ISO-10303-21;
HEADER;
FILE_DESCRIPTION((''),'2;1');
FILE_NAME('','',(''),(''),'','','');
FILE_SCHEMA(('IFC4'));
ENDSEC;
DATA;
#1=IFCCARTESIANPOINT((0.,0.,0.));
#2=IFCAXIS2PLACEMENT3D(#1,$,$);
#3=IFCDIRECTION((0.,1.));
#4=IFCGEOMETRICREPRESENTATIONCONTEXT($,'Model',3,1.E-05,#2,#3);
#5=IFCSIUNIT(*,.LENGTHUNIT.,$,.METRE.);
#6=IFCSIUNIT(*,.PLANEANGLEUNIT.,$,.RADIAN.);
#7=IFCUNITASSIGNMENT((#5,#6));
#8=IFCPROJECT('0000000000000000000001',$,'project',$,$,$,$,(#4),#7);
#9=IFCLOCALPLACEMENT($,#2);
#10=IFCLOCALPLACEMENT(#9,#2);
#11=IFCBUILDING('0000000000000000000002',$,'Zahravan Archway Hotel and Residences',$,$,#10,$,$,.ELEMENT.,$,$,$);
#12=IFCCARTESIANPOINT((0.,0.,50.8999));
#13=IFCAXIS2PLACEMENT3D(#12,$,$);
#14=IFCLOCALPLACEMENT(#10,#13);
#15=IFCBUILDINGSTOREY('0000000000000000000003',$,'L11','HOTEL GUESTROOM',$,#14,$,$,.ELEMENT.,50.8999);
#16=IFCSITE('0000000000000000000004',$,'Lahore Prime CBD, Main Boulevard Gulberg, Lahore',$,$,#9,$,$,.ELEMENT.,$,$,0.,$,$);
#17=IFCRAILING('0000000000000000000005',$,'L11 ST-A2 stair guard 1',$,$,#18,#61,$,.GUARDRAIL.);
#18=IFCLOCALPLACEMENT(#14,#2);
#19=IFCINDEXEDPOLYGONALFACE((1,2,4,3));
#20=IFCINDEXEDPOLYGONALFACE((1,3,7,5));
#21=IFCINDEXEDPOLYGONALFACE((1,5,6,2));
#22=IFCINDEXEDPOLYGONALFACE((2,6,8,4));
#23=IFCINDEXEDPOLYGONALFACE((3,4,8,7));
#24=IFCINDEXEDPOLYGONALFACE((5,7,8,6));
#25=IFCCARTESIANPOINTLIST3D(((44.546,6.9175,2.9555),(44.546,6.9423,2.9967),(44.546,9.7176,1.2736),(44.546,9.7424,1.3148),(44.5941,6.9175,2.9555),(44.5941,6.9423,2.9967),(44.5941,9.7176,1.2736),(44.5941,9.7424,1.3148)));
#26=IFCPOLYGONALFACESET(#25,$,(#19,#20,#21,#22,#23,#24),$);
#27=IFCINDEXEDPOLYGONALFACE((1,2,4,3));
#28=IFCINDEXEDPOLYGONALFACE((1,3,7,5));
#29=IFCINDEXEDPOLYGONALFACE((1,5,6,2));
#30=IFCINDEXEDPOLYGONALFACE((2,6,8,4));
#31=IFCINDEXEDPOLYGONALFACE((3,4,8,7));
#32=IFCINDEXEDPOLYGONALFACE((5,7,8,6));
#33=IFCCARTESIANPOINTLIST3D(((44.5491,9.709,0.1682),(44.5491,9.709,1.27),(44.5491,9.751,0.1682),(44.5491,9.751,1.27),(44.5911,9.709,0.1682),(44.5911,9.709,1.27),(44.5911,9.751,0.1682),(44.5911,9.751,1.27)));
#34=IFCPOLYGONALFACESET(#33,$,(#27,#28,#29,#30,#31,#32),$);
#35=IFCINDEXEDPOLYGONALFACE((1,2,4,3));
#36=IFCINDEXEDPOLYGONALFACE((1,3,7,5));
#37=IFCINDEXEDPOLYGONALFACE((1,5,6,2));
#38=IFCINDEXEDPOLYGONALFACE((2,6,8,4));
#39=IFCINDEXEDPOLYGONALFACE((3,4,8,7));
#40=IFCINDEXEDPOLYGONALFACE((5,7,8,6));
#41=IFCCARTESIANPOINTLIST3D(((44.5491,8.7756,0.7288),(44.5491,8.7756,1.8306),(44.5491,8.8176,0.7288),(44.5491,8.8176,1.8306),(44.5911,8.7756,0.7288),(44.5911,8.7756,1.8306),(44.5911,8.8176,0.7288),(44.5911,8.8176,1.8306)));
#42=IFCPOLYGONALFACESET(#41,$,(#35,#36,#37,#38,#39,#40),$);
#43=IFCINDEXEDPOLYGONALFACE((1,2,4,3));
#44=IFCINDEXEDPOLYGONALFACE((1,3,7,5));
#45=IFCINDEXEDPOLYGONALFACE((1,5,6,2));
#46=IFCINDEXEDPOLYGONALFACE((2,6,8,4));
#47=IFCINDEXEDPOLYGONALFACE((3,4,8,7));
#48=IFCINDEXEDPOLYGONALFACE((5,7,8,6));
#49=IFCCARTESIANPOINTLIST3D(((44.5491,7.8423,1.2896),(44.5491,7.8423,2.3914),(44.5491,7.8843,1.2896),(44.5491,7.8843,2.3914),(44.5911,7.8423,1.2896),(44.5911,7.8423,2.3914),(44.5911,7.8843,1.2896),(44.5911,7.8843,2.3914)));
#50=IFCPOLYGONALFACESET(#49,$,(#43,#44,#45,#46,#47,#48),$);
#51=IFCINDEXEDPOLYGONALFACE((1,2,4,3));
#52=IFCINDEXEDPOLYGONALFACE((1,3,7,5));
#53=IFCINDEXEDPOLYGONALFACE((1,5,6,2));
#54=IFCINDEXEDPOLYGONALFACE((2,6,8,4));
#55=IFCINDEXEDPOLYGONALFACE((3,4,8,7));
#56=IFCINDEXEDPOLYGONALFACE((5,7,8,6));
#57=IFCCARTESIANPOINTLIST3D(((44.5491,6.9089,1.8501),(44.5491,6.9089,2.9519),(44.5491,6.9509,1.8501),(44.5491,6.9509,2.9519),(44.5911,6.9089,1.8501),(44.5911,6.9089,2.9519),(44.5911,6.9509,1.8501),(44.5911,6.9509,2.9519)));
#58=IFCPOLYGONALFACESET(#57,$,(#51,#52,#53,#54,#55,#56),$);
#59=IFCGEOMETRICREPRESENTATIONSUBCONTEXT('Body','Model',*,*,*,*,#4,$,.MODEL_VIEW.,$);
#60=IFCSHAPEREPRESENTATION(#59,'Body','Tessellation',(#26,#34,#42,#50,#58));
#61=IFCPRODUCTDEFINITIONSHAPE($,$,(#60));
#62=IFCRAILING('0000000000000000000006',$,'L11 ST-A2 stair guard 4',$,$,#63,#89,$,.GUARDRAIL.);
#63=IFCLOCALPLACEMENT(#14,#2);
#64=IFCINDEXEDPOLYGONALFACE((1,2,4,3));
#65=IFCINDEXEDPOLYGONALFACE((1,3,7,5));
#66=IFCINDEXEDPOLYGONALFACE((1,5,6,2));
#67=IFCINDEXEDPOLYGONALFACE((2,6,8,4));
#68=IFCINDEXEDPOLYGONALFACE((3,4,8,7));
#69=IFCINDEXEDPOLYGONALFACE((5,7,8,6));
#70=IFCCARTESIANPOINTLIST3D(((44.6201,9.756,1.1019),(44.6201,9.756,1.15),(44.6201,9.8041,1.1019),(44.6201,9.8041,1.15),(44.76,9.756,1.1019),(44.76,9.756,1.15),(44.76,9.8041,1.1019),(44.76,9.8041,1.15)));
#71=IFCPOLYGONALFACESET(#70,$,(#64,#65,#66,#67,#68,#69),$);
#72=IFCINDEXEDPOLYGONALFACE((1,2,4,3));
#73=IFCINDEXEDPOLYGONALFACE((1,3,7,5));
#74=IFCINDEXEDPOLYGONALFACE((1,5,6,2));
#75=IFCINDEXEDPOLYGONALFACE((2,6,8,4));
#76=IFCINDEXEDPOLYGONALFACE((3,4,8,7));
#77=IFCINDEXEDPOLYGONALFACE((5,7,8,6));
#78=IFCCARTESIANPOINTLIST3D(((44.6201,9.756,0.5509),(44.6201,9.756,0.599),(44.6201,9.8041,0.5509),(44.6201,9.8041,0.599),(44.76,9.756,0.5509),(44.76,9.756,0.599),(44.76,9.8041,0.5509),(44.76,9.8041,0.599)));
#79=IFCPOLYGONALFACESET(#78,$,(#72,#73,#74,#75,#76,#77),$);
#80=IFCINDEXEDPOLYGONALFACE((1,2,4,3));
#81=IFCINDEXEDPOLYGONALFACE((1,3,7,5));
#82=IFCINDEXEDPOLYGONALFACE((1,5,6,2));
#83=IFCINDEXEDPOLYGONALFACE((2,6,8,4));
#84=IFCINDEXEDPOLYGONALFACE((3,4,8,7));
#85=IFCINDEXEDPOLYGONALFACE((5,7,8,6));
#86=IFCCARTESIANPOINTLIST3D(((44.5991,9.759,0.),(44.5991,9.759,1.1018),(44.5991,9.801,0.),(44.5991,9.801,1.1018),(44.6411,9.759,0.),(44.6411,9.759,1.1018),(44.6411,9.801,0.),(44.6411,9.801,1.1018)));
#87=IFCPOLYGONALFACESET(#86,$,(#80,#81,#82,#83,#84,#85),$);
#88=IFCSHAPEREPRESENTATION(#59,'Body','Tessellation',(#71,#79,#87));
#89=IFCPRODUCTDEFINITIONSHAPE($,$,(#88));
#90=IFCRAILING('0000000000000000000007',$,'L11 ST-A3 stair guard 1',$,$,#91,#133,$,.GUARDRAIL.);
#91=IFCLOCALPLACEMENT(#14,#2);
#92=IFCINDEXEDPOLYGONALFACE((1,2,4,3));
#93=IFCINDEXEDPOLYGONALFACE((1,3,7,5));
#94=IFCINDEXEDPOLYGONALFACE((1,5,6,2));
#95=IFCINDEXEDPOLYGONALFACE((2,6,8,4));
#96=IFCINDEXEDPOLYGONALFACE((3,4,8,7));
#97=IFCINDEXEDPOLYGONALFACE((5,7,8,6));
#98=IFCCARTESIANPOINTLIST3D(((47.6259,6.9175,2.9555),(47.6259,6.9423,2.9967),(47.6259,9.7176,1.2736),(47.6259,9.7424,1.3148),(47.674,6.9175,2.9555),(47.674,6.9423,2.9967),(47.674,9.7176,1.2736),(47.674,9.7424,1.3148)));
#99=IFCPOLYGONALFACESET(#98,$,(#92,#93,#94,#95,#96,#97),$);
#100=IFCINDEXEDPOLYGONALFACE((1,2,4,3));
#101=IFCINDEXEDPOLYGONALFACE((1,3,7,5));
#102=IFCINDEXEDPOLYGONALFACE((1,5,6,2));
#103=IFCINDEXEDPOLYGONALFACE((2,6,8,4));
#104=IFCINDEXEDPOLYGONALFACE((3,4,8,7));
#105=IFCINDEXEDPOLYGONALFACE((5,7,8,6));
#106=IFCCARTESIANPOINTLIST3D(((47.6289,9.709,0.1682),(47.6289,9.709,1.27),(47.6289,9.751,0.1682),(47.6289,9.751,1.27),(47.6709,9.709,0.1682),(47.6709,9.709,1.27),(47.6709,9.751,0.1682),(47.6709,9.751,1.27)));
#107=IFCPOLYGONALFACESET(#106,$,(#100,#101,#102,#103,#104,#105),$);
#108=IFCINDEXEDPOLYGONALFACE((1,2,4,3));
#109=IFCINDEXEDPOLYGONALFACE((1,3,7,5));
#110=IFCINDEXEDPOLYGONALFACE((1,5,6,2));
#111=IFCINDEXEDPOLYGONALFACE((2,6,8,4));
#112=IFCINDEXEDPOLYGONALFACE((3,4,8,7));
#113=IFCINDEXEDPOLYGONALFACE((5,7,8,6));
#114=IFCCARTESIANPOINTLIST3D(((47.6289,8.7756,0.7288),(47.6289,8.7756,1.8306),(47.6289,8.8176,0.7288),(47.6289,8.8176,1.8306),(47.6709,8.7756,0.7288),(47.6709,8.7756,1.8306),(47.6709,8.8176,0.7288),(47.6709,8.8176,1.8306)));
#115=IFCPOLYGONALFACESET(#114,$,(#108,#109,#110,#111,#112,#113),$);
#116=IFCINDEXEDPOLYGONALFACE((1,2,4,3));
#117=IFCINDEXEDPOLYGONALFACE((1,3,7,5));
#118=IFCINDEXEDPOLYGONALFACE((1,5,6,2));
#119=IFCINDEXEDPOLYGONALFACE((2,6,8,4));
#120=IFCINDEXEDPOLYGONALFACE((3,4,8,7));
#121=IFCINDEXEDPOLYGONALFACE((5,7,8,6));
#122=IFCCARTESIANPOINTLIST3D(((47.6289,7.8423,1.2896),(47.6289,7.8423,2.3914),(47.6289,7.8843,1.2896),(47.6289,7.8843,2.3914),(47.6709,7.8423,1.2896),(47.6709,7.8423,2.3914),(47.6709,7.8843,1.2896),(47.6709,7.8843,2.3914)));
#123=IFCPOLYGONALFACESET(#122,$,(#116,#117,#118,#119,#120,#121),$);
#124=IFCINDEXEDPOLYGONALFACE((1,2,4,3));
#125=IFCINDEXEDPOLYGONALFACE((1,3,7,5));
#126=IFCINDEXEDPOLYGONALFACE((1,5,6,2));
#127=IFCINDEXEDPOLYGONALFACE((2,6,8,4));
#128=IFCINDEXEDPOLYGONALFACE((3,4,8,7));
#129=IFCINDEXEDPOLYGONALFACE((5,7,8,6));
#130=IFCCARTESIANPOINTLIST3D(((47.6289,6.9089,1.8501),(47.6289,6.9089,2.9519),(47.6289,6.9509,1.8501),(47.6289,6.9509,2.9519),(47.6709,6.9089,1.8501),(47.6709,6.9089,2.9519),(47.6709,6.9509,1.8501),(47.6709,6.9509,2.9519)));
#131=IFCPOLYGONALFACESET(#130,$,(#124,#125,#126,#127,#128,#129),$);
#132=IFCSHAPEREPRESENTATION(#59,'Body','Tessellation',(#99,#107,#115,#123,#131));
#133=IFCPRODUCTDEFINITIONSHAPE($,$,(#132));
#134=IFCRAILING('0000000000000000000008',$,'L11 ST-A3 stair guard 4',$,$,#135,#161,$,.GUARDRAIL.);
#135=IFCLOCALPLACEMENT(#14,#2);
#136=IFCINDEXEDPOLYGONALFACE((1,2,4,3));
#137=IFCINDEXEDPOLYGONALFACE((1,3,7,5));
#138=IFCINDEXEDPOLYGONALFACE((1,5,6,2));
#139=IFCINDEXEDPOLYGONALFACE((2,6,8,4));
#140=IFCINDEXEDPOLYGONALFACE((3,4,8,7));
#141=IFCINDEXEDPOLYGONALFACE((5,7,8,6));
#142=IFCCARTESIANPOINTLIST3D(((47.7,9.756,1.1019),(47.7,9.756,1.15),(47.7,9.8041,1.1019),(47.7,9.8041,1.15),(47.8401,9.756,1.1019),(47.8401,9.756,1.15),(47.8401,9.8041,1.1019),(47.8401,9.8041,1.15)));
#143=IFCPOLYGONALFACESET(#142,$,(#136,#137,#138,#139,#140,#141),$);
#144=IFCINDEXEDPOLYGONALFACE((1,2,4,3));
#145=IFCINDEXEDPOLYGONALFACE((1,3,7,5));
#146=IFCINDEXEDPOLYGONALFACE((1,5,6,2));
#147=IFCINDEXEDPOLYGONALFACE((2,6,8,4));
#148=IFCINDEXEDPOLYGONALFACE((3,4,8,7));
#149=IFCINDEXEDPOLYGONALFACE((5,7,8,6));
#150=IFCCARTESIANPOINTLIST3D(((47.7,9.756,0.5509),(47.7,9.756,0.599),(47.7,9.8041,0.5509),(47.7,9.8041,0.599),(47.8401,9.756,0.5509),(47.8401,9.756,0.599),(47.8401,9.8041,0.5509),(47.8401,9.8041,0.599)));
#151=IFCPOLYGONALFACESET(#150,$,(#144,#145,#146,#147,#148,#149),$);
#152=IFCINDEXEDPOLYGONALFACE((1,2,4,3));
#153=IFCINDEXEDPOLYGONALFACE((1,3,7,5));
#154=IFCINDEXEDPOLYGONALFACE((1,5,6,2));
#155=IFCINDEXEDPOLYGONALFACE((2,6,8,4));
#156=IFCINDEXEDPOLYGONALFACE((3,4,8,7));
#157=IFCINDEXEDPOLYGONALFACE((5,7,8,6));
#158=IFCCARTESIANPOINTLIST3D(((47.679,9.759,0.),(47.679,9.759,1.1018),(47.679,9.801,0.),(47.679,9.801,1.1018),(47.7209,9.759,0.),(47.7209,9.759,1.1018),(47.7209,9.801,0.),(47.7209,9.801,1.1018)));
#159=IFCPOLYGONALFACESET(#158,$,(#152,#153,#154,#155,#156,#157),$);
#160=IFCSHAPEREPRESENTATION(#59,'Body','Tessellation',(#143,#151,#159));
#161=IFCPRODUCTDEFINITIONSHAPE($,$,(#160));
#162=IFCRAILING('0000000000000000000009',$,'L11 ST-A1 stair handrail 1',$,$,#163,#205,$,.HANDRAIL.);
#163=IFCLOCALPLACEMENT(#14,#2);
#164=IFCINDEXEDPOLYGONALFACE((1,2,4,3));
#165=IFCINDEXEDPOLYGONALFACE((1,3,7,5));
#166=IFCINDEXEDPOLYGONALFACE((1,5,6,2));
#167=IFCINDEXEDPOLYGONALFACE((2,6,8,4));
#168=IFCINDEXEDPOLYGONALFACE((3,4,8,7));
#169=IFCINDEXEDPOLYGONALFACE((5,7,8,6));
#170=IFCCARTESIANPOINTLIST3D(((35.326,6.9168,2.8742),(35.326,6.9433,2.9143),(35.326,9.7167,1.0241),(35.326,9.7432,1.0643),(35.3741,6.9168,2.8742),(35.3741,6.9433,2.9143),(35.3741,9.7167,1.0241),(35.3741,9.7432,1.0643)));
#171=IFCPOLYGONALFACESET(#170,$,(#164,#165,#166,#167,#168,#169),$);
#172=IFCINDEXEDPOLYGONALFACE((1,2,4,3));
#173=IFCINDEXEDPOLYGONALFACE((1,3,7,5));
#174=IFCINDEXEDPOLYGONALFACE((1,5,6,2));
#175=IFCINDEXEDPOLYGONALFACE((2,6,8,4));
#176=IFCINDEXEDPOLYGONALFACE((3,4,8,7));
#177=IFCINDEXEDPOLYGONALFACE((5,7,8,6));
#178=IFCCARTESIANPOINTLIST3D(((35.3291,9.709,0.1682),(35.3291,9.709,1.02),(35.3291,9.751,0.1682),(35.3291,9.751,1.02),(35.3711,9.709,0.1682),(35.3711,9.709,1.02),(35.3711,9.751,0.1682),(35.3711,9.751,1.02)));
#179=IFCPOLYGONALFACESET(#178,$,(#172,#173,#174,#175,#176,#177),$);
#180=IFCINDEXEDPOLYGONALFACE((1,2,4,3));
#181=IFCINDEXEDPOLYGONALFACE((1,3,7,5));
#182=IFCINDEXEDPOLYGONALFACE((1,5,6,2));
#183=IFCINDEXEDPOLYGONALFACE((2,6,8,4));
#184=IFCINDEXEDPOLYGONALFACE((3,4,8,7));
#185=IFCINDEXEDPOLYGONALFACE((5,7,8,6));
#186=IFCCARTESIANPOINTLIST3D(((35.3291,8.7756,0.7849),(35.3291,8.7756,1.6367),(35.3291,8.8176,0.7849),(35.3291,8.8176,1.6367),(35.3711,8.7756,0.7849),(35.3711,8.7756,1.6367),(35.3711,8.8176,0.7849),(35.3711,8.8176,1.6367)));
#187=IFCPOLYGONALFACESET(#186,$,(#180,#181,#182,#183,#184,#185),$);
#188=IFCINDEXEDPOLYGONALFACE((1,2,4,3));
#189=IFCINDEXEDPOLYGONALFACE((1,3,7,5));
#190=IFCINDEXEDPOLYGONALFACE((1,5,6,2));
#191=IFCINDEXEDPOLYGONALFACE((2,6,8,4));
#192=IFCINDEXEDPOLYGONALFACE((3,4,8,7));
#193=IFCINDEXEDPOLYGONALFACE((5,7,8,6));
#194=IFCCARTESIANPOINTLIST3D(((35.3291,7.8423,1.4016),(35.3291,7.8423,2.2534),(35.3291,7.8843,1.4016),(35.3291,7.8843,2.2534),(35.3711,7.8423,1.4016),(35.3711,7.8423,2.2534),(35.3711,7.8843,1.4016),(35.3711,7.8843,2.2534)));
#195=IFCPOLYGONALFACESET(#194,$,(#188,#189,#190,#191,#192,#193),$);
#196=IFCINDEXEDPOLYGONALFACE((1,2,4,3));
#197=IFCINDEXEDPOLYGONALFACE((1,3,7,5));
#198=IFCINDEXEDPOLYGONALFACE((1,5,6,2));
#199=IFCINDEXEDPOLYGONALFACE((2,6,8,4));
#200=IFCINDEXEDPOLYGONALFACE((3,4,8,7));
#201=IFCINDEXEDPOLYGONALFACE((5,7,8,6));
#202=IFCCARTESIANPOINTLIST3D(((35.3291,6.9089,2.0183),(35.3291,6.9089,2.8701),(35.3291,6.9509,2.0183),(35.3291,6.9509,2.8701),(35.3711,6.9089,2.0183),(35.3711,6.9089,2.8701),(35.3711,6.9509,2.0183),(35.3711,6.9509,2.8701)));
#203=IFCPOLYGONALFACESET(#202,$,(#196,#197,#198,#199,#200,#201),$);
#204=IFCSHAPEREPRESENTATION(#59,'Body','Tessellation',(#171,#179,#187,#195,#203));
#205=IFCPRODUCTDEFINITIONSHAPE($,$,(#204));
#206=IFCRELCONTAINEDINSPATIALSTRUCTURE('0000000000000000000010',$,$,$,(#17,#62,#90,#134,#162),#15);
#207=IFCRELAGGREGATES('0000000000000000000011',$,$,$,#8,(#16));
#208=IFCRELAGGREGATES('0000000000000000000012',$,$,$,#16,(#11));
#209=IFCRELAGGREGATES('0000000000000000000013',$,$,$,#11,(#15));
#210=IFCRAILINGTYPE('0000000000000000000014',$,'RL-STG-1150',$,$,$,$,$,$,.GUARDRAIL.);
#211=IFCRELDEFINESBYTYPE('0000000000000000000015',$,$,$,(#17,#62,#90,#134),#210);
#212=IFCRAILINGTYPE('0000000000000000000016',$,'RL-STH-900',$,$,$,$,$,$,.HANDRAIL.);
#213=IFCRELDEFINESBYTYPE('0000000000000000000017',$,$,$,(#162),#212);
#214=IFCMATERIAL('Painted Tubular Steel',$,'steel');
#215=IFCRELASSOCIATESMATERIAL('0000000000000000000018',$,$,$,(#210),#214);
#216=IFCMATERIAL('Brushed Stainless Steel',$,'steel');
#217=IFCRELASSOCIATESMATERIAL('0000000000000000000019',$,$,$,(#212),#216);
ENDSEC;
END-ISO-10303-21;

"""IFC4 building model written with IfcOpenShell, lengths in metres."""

from ifc_helpers import new_model, si_unit, direction, frame, origin, origin_2d, place, context, subcontext, project, spatial, rectangle, extrude, material, type_object, element, save


model = new_model("IFC4")

# Units and contexts
model_context = context("Model", 3, precision=1e-05, world=origin(), true_north=direction((0.0, 1.0)))
body_context = subcontext(model_context, "Body", "Model", "MODEL_VIEW")
ifc_project = project(units=[si_unit("LENGTHUNIT", "METRE"), si_unit("PLANEANGLEUNIT", "RADIAN")], contexts=[model_context])

# Site, building, storey
site_placement = place(None, origin())
site = spatial("IfcSite", under=ifc_project, at=site_placement, Name="Lahore Prime CBD, Main Boulevard Gulberg, Lahore", CompositionType="ELEMENT", RefElevation=0.0)
building_placement = place(site_placement, origin())
building = spatial("IfcBuilding", under=site, at=building_placement, Name="Zahravan Archway Hotel and Residences", CompositionType="ELEMENT")
storey_placement = place(building_placement, frame((0.0, 0.0, 50.8999)))
storey = spatial("IfcBuildingStorey", under=building, at=storey_placement, Name="L11", Description="HOTEL GUESTROOM", CompositionType="ELEMENT", Elevation=50.8999)

# Shared definitions
ifc_material_1 = material(Name="Brushed Stainless Steel", Category="steel")

# Railings
ifc_material_2 = material(Name="Painted Tubular Steel", Category="steel")
railing_type_1 = type_object("IfcRailingType", Name="RL-STG-1150", PredefinedType="GUARDRAIL", material=ifc_material_2)
railing_1_placement = place(storey_placement, frame((44.5701, 9.73, 0.1682)))
element("IfcRailing", 1, at=railing_1_placement, inside=storey, type_object=railing_type_1, Name="L11 ST-A2 stair guard 1", PredefinedType="GUARDRAIL", context=body_context, shape_type="SweptSolid", body=[
    extrude(rectangle(XDim=0.0481, YDim=0.0481, at=origin_2d()), frame((0.0, 0.0, 1.126), z_axis=(0.0, -0.857242, 0.514913), x_axis=(1.0, 0.0, 0.0)), (0.0, 0.0, 1.0), 3.2664),
    extrude(rectangle(XDim=0.042, YDim=0.042, at=origin_2d()), origin(), (0.0, 0.0, 1.0), 1.1018),
    extrude(rectangle(XDim=0.042, YDim=0.042, at=origin_2d()), frame((0.0, -0.9333, 0.5605)), (0.0, 0.0, 1.0), 1.1018),
    extrude(rectangle(XDim=0.042, YDim=0.042, at=origin_2d()), frame((0.0, -1.8667, 1.1213)), (0.0, 0.0, 1.0), 1.1018),
    extrude(rectangle(XDim=0.042, YDim=0.042, at=origin_2d()), frame((0.0, -2.8, 1.6819)), (0.0, 0.0, 1.0), 1.1018),
])
railing_2_placement = place(storey_placement, frame((44.6201, 9.78, 0.0)))
element("IfcRailing", 2, at=railing_2_placement, inside=storey, type_object=railing_type_1, Name="L11 ST-A2 stair guard 4", PredefinedType="GUARDRAIL", context=body_context, shape_type="SweptSolid", body=[
    extrude(rectangle(XDim=0.0481, YDim=0.0481, at=origin_2d()), frame((0.0, 0.0, 1.126), z_axis=(1.0, 0.0, 0.0), x_axis=(0.0, 1.0, 0.0)), (0.0, 0.0, 1.0), 0.1399),
    extrude(rectangle(XDim=0.0481, YDim=0.0481, at=origin_2d()), frame((0.0, 0.0, 0.575), z_axis=(1.0, 0.0, 0.0), x_axis=(0.0, 1.0, 0.0)), (0.0, 0.0, 1.0), 0.1399),
    extrude(rectangle(XDim=0.042, YDim=0.042, at=origin_2d()), origin(), (0.0, 0.0, 1.0), 1.1018),
])
railing_3_placement = place(storey_placement, frame((47.6499, 9.73, 0.1682)))
element("IfcRailing", 3, at=railing_3_placement, inside=storey, type_object=railing_type_1, Name="L11 ST-A3 stair guard 1", PredefinedType="GUARDRAIL", context=body_context, shape_type="SweptSolid", body=[
    extrude(rectangle(XDim=0.0481, YDim=0.0481, at=origin_2d()), frame((0.0, 0.0, 1.126), z_axis=(0.0, -0.857242, 0.514913), x_axis=(1.0, 0.0, 0.0)), (0.0, 0.0, 1.0), 3.2664),
    extrude(rectangle(XDim=0.042, YDim=0.042, at=origin_2d()), origin(), (0.0, 0.0, 1.0), 1.1018),
    extrude(rectangle(XDim=0.042, YDim=0.042, at=origin_2d()), frame((0.0, -0.9333, 0.5605)), (0.0, 0.0, 1.0), 1.1018),
    extrude(rectangle(XDim=0.042, YDim=0.042, at=origin_2d()), frame((0.0, -1.8667, 1.1213)), (0.0, 0.0, 1.0), 1.1018),
    extrude(rectangle(XDim=0.042, YDim=0.042, at=origin_2d()), frame((0.0, -2.8, 1.6819)), (0.0, 0.0, 1.0), 1.1018),
])
railing_4_placement = place(storey_placement, frame((47.7, 9.78, 0.0)))
element("IfcRailing", 4, at=railing_4_placement, inside=storey, type_object=railing_type_1, Name="L11 ST-A3 stair guard 4", PredefinedType="GUARDRAIL", context=body_context, shape_type="SweptSolid", body=[
    extrude(rectangle(XDim=0.0481, YDim=0.0481, at=origin_2d()), frame((0.0, 0.0, 1.126), z_axis=(1.0, 0.0, 0.0), x_axis=(0.0, 1.0, 0.0)), (0.0, 0.0, 1.0), 0.1401),
    extrude(rectangle(XDim=0.0481, YDim=0.0481, at=origin_2d()), frame((0.0, 0.0, 0.575), z_axis=(1.0, 0.0, 0.0), x_axis=(0.0, 1.0, 0.0)), (0.0, 0.0, 1.0), 0.1401),
    extrude(rectangle(XDim=0.042, YDim=0.042, at=origin_2d()), origin(), (0.0, 0.0, 1.0), 1.1018),
])
railing_type_2 = type_object("IfcRailingType", Name="RL-STH-900", PredefinedType="HANDRAIL", material=ifc_material_1)
for number, where, name in (
    (5, (35.3501, 9.73, 0.1682), "L11 ST-A1 stair handrail 1"),
):
    element("IfcRailing", number, at=place(storey_placement, frame(where)), inside=storey, type_object=railing_type_2, Name=name, PredefinedType="HANDRAIL", context=body_context, shape_type="SweptSolid", body=[
        extrude(rectangle(XDim=0.0481, YDim=0.0481, at=origin_2d()), frame((0.0, 0.0, 0.876), z_axis=(0.0, -0.834326, 0.551271), x_axis=(1.0, 0.0, 0.0)), (0.0, 0.0, 1.0), 3.356),
        extrude(rectangle(XDim=0.042, YDim=0.042, at=origin_2d()), origin(), (0.0, 0.0, 1.0), 0.8518),
        extrude(rectangle(XDim=0.042, YDim=0.042, at=origin_2d()), frame((0.0, -0.9333, 0.6167)), (0.0, 0.0, 1.0), 0.8518),
        extrude(rectangle(XDim=0.042, YDim=0.042, at=origin_2d()), frame((0.0, -1.8667, 1.2334)), (0.0, 0.0, 1.0), 0.8518),
        extrude(rectangle(XDim=0.042, YDim=0.042, at=origin_2d()), frame((0.0, -2.8, 1.8501)), (0.0, 0.0, 1.0), 0.8518),
    ])

save(model, "model.ifc")
